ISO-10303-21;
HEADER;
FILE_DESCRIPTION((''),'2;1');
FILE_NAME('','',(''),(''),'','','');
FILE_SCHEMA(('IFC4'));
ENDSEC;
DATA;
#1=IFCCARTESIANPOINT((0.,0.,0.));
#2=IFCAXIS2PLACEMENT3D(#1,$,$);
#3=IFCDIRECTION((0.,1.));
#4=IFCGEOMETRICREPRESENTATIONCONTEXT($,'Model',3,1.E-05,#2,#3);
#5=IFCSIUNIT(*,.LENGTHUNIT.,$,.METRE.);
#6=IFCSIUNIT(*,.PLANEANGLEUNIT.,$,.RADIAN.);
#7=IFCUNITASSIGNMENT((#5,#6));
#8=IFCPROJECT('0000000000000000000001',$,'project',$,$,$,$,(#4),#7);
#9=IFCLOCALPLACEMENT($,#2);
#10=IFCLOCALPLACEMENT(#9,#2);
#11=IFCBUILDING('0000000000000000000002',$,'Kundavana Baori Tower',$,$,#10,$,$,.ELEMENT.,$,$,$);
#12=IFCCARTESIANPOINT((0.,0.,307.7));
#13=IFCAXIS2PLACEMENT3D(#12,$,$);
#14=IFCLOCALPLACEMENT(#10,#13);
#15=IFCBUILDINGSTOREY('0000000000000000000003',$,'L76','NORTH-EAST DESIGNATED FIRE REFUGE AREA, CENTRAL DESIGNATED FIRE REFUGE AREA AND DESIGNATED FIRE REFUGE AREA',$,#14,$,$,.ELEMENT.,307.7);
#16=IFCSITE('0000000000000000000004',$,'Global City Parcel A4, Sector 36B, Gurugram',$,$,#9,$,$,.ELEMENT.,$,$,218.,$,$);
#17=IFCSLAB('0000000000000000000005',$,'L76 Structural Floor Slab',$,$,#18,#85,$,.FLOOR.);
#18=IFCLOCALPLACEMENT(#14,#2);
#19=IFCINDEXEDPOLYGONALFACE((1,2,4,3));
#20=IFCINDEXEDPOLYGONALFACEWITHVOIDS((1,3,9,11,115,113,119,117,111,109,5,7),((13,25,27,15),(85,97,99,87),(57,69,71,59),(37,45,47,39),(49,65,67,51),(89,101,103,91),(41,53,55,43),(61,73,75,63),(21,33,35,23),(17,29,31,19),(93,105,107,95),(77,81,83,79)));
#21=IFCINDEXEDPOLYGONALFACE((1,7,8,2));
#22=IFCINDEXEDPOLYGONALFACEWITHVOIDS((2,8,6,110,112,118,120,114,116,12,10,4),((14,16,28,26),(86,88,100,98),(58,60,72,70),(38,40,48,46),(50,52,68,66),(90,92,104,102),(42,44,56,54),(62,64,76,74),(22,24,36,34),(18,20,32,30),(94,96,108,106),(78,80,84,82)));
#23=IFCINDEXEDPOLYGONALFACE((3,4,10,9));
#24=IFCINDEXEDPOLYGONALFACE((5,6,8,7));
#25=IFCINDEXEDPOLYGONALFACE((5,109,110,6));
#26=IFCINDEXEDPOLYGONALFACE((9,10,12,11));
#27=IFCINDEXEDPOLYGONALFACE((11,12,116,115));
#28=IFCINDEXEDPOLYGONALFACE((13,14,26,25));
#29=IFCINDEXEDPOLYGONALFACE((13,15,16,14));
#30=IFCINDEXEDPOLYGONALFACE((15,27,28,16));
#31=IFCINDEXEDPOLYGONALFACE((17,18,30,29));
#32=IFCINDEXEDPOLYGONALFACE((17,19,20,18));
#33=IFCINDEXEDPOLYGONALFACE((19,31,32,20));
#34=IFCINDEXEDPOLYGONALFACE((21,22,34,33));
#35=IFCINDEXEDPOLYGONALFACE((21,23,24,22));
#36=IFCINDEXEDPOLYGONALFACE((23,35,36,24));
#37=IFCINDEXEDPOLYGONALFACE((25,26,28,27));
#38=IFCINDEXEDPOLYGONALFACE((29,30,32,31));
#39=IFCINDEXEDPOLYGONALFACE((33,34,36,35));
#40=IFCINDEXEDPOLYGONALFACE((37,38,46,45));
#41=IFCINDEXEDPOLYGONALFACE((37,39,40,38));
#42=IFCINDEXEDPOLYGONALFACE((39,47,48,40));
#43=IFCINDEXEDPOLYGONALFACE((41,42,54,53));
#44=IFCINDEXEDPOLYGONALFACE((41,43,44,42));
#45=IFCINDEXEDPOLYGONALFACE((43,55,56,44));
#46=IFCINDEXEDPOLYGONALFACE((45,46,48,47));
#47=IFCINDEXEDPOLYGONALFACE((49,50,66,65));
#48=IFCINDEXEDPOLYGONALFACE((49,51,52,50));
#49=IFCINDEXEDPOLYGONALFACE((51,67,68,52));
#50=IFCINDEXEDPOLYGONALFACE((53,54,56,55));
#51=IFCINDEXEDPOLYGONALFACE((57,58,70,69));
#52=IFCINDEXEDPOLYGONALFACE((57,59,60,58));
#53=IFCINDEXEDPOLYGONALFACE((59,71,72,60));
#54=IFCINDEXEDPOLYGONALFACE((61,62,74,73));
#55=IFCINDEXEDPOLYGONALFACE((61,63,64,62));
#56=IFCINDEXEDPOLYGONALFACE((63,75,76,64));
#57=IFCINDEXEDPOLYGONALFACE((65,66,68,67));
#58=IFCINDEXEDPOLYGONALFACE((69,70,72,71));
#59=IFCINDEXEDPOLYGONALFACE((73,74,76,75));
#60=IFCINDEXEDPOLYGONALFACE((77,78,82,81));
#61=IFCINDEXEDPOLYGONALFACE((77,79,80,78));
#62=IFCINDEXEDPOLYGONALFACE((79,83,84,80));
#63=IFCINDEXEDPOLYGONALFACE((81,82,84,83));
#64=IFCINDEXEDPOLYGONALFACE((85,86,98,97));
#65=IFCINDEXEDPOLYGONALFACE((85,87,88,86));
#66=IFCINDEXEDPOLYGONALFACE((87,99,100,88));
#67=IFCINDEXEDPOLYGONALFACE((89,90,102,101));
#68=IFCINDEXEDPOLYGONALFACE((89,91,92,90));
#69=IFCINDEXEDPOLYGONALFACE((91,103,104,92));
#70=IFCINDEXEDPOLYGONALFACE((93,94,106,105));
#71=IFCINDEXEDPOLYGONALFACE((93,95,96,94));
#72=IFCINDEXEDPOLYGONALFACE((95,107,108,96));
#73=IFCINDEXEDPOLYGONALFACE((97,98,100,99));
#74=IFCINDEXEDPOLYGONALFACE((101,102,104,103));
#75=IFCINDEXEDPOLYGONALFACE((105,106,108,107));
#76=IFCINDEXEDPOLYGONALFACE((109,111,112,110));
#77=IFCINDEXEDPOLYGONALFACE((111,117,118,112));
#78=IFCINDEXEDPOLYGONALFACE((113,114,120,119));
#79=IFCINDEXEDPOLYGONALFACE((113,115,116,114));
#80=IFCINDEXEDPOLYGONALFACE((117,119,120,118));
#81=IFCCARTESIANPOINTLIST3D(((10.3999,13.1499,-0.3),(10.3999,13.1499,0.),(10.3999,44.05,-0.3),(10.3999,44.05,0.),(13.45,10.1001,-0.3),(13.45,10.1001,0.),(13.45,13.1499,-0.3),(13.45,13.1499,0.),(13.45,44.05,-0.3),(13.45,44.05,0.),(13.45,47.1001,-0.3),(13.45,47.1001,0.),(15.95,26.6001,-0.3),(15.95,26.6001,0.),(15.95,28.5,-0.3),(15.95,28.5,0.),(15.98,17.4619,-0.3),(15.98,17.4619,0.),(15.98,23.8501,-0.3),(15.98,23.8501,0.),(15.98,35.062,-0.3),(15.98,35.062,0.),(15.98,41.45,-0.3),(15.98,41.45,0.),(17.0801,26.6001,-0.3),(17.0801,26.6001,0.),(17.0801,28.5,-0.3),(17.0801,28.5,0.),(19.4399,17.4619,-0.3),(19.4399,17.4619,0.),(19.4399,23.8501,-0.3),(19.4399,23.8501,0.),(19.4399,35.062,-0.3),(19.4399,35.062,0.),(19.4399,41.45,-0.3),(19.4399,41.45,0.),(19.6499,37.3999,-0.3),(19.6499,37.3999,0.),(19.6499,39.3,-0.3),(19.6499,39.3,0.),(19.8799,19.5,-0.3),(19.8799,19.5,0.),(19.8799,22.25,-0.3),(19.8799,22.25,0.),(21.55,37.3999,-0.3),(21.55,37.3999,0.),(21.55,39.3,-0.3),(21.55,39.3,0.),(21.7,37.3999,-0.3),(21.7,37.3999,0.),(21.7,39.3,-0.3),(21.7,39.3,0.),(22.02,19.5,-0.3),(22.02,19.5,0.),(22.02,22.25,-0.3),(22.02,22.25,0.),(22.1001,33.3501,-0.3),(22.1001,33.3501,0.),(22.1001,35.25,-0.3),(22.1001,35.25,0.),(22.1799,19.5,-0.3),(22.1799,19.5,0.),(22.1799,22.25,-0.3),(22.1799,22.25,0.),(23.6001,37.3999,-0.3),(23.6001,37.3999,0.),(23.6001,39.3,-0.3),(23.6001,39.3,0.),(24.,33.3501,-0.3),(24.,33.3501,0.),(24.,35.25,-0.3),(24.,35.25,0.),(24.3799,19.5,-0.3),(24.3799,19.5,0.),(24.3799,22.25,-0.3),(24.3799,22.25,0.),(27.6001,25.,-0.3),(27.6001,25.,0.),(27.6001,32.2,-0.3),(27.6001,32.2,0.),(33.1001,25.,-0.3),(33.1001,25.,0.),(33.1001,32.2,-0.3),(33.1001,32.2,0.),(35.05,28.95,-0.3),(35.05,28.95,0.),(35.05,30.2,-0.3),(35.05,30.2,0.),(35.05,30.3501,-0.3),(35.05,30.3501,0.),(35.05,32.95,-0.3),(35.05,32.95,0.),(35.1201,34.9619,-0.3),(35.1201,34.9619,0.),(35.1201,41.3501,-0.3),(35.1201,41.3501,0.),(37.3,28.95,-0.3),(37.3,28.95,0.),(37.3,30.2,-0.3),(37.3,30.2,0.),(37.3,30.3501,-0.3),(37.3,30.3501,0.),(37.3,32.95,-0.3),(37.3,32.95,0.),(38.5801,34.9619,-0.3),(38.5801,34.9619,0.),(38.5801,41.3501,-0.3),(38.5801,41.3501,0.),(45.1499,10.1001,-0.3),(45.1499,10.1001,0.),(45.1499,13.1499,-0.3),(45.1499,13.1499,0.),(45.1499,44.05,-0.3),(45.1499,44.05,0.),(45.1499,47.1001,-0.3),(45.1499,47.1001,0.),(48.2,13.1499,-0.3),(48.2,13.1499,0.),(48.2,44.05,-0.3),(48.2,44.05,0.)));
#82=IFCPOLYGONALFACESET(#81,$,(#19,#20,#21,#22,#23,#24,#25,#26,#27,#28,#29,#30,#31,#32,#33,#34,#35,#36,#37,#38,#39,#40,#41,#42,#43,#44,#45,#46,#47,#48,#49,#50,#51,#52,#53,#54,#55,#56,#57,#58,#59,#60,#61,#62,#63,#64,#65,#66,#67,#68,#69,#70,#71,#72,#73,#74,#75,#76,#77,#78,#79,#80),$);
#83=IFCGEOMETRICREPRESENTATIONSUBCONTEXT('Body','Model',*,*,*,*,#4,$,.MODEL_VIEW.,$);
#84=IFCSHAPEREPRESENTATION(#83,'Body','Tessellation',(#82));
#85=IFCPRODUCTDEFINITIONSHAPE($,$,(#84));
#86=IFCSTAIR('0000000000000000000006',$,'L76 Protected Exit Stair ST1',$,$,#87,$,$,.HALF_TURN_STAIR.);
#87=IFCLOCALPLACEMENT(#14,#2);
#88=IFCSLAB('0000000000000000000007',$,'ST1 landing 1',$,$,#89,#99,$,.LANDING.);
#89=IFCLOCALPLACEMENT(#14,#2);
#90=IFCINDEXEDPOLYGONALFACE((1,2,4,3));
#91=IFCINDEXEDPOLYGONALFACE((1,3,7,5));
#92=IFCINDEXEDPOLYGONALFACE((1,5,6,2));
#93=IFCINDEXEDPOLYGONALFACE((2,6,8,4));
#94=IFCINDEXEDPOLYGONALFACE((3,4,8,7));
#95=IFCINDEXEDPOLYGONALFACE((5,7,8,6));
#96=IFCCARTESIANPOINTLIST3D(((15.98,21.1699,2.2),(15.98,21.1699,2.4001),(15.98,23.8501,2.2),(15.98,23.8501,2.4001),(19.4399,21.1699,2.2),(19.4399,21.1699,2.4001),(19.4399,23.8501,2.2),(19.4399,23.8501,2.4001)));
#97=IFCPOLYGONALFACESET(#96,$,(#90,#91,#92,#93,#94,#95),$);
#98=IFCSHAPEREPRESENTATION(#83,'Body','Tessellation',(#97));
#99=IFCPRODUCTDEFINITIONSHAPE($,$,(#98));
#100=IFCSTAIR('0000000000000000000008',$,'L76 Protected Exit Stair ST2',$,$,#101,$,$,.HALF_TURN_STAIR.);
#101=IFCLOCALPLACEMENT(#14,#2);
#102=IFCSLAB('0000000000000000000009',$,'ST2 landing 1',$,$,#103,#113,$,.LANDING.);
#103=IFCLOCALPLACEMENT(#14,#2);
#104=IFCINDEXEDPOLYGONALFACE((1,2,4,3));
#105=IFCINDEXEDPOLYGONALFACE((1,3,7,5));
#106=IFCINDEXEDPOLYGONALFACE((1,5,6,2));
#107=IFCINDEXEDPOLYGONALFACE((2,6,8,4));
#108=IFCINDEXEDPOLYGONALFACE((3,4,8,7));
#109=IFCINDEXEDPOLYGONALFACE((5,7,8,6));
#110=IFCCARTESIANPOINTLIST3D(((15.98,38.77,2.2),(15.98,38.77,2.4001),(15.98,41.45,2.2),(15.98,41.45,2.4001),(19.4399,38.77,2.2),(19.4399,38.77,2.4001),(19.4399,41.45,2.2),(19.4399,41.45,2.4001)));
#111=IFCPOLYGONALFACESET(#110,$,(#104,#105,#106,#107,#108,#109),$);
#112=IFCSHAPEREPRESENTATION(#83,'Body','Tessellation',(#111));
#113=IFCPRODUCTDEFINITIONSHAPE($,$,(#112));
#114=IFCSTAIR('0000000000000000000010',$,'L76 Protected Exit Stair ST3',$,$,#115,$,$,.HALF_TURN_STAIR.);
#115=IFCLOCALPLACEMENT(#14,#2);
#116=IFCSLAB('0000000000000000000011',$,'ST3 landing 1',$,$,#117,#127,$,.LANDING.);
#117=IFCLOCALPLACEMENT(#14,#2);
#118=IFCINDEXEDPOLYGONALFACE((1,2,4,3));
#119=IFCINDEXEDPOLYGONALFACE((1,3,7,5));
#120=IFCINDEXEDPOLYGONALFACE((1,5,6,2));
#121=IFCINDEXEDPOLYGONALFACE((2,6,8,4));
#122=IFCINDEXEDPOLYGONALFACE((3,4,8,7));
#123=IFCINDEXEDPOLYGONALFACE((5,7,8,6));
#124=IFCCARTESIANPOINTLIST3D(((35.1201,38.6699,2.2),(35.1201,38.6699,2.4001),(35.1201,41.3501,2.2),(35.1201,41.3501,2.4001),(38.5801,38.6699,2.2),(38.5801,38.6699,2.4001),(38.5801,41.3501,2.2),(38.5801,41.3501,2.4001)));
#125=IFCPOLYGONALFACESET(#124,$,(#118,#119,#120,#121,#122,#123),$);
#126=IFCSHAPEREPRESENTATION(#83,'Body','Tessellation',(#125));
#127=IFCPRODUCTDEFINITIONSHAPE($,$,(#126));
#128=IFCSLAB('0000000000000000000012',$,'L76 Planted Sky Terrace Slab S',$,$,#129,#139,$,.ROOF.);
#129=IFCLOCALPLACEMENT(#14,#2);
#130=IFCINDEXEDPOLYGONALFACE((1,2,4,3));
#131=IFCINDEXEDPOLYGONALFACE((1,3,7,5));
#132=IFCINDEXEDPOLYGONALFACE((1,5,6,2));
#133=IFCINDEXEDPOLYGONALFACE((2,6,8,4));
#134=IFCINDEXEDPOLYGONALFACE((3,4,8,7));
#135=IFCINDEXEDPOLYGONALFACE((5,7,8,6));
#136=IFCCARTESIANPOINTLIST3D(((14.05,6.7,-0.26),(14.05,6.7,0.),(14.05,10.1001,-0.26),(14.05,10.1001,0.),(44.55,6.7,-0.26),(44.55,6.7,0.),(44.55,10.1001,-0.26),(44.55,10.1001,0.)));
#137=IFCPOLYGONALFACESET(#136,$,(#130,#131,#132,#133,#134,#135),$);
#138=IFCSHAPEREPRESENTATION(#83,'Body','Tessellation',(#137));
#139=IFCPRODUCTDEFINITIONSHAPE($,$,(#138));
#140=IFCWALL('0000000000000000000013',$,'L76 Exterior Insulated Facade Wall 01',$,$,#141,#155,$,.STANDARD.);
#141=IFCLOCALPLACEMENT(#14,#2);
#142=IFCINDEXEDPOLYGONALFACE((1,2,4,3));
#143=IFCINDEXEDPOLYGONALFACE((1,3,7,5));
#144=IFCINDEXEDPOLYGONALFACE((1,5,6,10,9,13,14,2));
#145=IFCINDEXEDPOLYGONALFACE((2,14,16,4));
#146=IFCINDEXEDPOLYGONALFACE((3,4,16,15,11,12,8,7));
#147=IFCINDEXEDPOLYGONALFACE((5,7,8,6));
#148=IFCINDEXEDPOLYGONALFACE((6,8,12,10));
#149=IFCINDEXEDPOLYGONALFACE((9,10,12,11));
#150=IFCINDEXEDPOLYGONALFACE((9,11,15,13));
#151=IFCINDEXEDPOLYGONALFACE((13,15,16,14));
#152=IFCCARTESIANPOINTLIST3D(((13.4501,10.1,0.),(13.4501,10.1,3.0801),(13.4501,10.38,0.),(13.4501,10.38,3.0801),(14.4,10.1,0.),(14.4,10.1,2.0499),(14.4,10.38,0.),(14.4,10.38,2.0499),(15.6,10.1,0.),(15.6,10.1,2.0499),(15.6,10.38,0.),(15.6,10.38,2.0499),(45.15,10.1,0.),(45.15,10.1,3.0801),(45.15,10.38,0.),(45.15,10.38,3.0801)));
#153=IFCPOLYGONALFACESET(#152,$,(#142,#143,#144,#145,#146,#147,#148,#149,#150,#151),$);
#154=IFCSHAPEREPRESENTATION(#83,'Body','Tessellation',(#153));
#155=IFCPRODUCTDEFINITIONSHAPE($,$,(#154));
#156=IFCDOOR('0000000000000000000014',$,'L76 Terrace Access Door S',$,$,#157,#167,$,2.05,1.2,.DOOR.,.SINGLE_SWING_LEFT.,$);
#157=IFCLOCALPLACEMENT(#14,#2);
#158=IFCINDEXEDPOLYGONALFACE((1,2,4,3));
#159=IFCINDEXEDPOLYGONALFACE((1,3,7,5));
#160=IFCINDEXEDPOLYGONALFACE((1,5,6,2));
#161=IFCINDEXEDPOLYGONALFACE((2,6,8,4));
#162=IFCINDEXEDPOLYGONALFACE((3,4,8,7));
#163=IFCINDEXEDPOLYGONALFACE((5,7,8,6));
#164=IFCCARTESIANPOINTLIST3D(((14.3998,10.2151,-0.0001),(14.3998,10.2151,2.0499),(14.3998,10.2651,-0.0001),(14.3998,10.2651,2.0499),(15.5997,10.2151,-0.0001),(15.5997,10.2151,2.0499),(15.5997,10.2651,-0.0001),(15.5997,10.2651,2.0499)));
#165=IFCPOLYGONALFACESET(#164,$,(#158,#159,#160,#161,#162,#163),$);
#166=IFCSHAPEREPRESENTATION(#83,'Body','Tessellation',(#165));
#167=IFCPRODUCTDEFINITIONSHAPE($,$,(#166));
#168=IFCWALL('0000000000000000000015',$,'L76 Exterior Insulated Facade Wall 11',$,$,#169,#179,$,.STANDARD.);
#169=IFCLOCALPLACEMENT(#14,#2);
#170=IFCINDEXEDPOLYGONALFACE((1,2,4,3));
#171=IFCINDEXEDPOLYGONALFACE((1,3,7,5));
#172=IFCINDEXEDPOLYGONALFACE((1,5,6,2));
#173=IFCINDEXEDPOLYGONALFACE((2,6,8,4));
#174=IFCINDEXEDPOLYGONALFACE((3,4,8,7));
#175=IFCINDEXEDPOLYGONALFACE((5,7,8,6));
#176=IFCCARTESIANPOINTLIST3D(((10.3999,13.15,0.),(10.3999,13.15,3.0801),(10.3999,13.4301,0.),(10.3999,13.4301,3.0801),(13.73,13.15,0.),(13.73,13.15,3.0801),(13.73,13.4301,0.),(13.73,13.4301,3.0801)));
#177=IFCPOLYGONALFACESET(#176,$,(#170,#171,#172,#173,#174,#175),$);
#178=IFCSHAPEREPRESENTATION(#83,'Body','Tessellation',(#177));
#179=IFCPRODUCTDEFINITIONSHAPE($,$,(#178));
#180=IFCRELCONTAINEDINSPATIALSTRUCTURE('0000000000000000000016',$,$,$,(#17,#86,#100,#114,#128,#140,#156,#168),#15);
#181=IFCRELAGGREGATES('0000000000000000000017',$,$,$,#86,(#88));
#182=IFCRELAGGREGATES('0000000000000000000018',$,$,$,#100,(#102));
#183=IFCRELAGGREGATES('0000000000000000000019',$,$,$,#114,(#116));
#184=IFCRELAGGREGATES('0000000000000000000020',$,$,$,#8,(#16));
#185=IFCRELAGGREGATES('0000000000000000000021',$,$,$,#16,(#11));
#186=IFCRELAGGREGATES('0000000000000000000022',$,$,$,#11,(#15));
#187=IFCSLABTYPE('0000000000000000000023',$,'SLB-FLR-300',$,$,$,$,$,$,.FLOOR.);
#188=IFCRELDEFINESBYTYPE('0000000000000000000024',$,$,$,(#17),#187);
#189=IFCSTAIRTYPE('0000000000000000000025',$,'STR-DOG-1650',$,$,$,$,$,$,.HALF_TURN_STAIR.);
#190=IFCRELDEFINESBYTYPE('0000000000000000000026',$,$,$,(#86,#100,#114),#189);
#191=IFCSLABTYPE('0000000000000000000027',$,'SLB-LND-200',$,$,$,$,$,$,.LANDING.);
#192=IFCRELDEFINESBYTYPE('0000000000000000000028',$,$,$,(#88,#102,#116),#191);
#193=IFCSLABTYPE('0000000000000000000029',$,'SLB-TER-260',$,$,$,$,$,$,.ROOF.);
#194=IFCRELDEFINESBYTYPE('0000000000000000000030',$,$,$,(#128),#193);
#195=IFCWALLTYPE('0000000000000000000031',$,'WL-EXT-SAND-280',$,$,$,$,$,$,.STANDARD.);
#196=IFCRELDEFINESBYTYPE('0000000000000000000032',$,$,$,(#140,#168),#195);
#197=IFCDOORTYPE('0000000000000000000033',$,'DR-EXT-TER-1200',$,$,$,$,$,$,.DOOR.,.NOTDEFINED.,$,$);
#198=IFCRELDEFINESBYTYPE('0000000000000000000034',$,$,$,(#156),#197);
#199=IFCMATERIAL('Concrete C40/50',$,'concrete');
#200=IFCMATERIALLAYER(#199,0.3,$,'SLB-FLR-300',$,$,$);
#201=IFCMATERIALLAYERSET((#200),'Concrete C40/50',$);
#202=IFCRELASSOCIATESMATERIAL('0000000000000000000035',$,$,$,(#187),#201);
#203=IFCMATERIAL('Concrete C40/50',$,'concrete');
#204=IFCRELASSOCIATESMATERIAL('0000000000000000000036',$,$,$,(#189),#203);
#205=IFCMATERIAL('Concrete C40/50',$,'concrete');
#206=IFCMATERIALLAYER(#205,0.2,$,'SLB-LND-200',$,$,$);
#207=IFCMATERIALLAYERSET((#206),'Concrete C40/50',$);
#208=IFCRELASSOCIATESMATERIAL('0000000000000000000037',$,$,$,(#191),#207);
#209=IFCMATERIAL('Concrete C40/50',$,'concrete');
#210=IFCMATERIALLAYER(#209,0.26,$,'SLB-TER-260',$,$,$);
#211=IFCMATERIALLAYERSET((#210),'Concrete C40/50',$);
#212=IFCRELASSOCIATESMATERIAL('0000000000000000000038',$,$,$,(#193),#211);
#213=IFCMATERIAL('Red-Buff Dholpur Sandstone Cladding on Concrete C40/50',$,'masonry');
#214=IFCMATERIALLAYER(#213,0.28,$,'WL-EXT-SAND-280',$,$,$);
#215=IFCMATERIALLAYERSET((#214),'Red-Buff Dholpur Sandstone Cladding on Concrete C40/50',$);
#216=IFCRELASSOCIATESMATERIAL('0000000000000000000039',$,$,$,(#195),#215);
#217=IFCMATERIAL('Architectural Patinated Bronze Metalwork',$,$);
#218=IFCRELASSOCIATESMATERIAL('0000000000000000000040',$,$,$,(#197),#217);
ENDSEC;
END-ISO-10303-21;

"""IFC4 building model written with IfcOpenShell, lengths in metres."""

from ifc_helpers import new_model, si_unit, direction, frame, frame_2d, origin, place, context, subcontext, project, spatial, polyline, rectangle, outline, extrude, material, layer, layer_set, type_object, element, fill, aggregate, save


model = new_model("IFC4")

# Units and contexts
model_context = context("Model", 3, precision=1e-05, world=origin(), true_north=direction((0.0, 1.0)))
body_context = subcontext(model_context, "Body", "Model", "MODEL_VIEW")
ifc_project = project(units=[si_unit("LENGTHUNIT", "METRE"), si_unit("PLANEANGLEUNIT", "RADIAN")], contexts=[model_context])

# Site, building, storey
site_placement = place(None, origin())
site = spatial("IfcSite", under=ifc_project, at=site_placement, Name="Global City Parcel A4, Sector 36B, Gurugram", CompositionType="ELEMENT", RefElevation=218.0)
building_placement = place(site_placement, origin())
building = spatial("IfcBuilding", under=site, at=building_placement, Name="Kundavana Baori Tower", CompositionType="ELEMENT")
storey_placement = place(building_placement, frame((0.0, 0.0, 307.7)))
storey = spatial("IfcBuildingStorey", under=building, at=storey_placement, Name="L76", Description="NORTH-EAST DESIGNATED FIRE REFUGE AREA, CENTRAL DESIGNATED FIRE REFUGE AREA AND DESIGNATED FIRE REFUGE AREA", CompositionType="ELEMENT", Elevation=307.7)

# Slab
ifc_material_1 = material(Name="Concrete C40/50", Category="concrete")
ifc_layer_1 = layer(ifc_material_1, 0.3, Name="SLB-FLR-300")
ifc_layer_set_1 = layer_set([ifc_layer_1], Name="Concrete C40/50")
slab_type_1 = type_object("IfcSlabType", Name="SLB-FLR-300", PredefinedType="FLOOR", material=ifc_layer_set_1)
slab_1_placement = place(storey_placement, frame((0.0, 0.0, -0.3)))
element("IfcSlab", 1, at=slab_1_placement, inside=storey, type_object=slab_type_1, Name="L76 Structural Floor Slab", PredefinedType="FLOOR", context=body_context, shape_type="SweptSolid", body=[
    extrude(outline(polyline([(13.45, 10.1001), (45.1499, 10.1001), (45.1499, 13.1499), (48.2, 13.1499), (48.2, 44.05), (45.1499, 44.05), (45.1499, 47.1001), (13.45, 47.1001), (13.45, 44.05), (10.3999, 44.05), (10.3999, 13.1499), (13.45, 13.1499), (13.45, 10.1001)]), holes=[polyline([(19.4399, 17.4619), (19.4399, 23.8501), (15.98, 23.8501), (15.98, 17.4619), (19.4399, 17.4619)]), polyline([(19.4399, 35.062), (19.4399, 41.45), (15.98, 41.45), (15.98, 35.062), (19.4399, 35.062)]), polyline([(38.5801, 34.9619), (38.5801, 41.3501), (35.1201, 41.3501), (35.1201, 34.9619), (38.5801, 34.9619)]), polyline([(19.6499, 37.3999), (21.55, 37.3999), (21.55, 39.3), (19.6499, 39.3), (19.6499, 37.3999)]), polyline([(21.7, 37.3999), (23.6001, 37.3999), (23.6001, 39.3), (21.7, 39.3), (21.7, 37.3999)]), polyline([(22.1001, 33.3501), (24.0, 33.3501), (24.0, 35.25), (22.1001, 35.25), (22.1001, 33.3501)]), polyline([(19.8799, 19.5), (22.02, 19.5), (22.02, 22.25), (19.8799, 22.25), (19.8799, 19.5)]), polyline([(22.1799, 19.5), (24.3799, 19.5), (24.3799, 22.25), (22.1799, 22.25), (22.1799, 19.5)]), polyline([(35.05, 30.3501), (37.3, 30.3501), (37.3, 32.95), (35.05, 32.95), (35.05, 30.3501)]), polyline([(15.95, 26.6001), (17.0801, 26.6001), (17.0801, 28.5), (15.95, 28.5), (15.95, 26.6001)]), polyline([(35.05, 28.95), (37.3, 28.95), (37.3, 30.2), (35.05, 30.2), (35.05, 28.95)]), polyline([(27.6001, 25.0), (33.1001, 25.0), (33.1001, 32.2), (27.6001, 32.2), (27.6001, 25.0)])]), origin(), (0.0, 0.0, 1.0), 0.3),
])

# Stairs, slabs
ifc_material_2 = material(Name="Concrete C40/50", Category="concrete")
stair_type = type_object("IfcStairType", Name="STR-DOG-1650", PredefinedType="HALF_TURN_STAIR", material=ifc_material_2)
stair_1_placement = place(storey_placement, origin())
stair_1 = element("IfcStair", 2, at=stair_1_placement, inside=storey, type_object=stair_type, Name="L76 Protected Exit Stair ST1", PredefinedType="HALF_TURN_STAIR")
ifc_material_3 = material(Name="Concrete C40/50", Category="concrete")
ifc_layer_2 = layer(ifc_material_3, 0.2, Name="SLB-LND-200")
ifc_layer_set_2 = layer_set([ifc_layer_2], Name="Concrete C40/50")
slab_type_2 = type_object("IfcSlabType", Name="SLB-LND-200", PredefinedType="LANDING", material=ifc_layer_set_2)
slab_2_placement = place(storey_placement, frame((0.0, 0.0, 2.2)))
slab_2 = element("IfcSlab", 3, at=slab_2_placement, type_object=slab_type_2, Name="ST1 landing 1", PredefinedType="LANDING", context=body_context, shape_type="SweptSolid", body=[
    extrude(outline(polyline([(19.4399, 21.1699), (19.4399, 23.8501), (15.98, 23.8501), (15.98, 21.1699), (19.4399, 21.1699)])), origin(), (0.0, 0.0, 1.0), 0.2002),
])
aggregate(stair_1, [slab_2])
stair_2_placement = place(storey_placement, origin())
stair_2 = element("IfcStair", 4, at=stair_2_placement, inside=storey, type_object=stair_type, Name="L76 Protected Exit Stair ST2", PredefinedType="HALF_TURN_STAIR")
slab_3_placement = place(storey_placement, frame((0.0, 0.0, 2.2)))
slab_3 = element("IfcSlab", 5, at=slab_3_placement, type_object=slab_type_2, Name="ST2 landing 1", PredefinedType="LANDING", context=body_context, shape_type="SweptSolid", body=[
    extrude(outline(polyline([(19.4399, 38.77), (19.4399, 41.45), (15.98, 41.45), (15.98, 38.77), (19.4399, 38.77)])), origin(), (0.0, 0.0, 1.0), 0.2002),
])
aggregate(stair_2, [slab_3])
stair_3_placement = place(storey_placement, origin())
stair_3 = element("IfcStair", 6, at=stair_3_placement, inside=storey, type_object=stair_type, Name="L76 Protected Exit Stair ST3", PredefinedType="HALF_TURN_STAIR")
slab_4_placement = place(storey_placement, frame((0.0, 0.0, 2.2)))
slab_4 = element("IfcSlab", 7, at=slab_4_placement, type_object=slab_type_2, Name="ST3 landing 1", PredefinedType="LANDING", context=body_context, shape_type="SweptSolid", body=[
    extrude(outline(polyline([(38.5801, 38.6699), (38.5801, 41.3501), (35.1201, 41.3501), (35.1201, 38.6699), (38.5801, 38.6699)])), origin(), (0.0, 0.0, 1.0), 0.2002),
])
aggregate(stair_3, [slab_4])

# Slab
ifc_material_4 = material(Name="Concrete C40/50", Category="concrete")
ifc_layer_3 = layer(ifc_material_4, 0.26, Name="SLB-TER-260")
ifc_layer_set_3 = layer_set([ifc_layer_3], Name="Concrete C40/50")
slab_type_3 = type_object("IfcSlabType", Name="SLB-TER-260", PredefinedType="ROOF", material=ifc_layer_set_3)
slab_5_placement = place(storey_placement, frame((0.0, 0.0, -0.26)))
element("IfcSlab", 8, at=slab_5_placement, inside=storey, type_object=slab_type_3, Name="L76 Planted Sky Terrace Slab S", PredefinedType="ROOF", context=body_context, shape_type="SweptSolid", body=[
    extrude(outline(polyline([(14.05, 10.1001), (44.55, 10.1001), (44.55, 6.7), (14.05, 6.7), (14.05, 10.1001)])), origin(), (0.0, 0.0, 1.0), 0.26),
])

# Wall, opening, door
ifc_material_5 = material(Name="Red-Buff Dholpur Sandstone Cladding on Concrete C40/50", Category="masonry")
ifc_layer_4 = layer(ifc_material_5, 0.28, Name="WL-EXT-SAND-280")
ifc_layer_set_4 = layer_set([ifc_layer_4], Name="Red-Buff Dholpur Sandstone Cladding on Concrete C40/50")
wall_type = type_object("IfcWallType", Name="WL-EXT-SAND-280", PredefinedType="STANDARD", material=ifc_layer_set_4)
wall_1_placement = place(storey_placement, frame((13.45, 10.24, 0.0), z_axis=(0.0, 0.0, 1.0), x_axis=(1.0, 0.0, 0.0)))
wall_1 = element("IfcWall", 9, at=wall_1_placement, inside=storey, type_object=wall_type, Name="L76 Exterior Insulated Facade Wall 01", PredefinedType="STANDARD", context=body_context, shape_type="SweptSolid", body=[
    extrude(rectangle(XDim=31.7, YDim=0.28, at=frame_2d((15.8501, 0.0))), origin(), (0.0, 0.0, 1.0), 3.0801),
])
opening_placement = place(wall_1_placement, frame((0.95, 0.0, 0.0)))
opening = element("IfcOpeningElement", 10, at=opening_placement, cuts=wall_1, PredefinedType="OPENING", context=body_context, shape_type="SweptSolid", body=[
    extrude(rectangle(XDim=1.2, YDim=2.05, at=frame_2d((0.6001, 1.0249))), frame((0.0, 0.1499, 0.0), z_axis=(0.0, -1.0, 0.0), x_axis=(1.0, 0.0, 0.0)), (0.0, 0.0, 1.0), 0.3),
])
ifc_material_6 = material(Name="Architectural Patinated Bronze Metalwork")
door_type = type_object("IfcDoorType", Name="DR-EXT-TER-1200", OperationType="NOTDEFINED", PredefinedType="DOOR", material=ifc_material_6)
door_placement = place(opening_placement, frame((1.2, 0.0, 0.0), z_axis=(0.0, 0.0, 1.0), x_axis=(-1.0, 0.0, 0.0)))
door = element("IfcDoor", 11, at=door_placement, inside=storey, type_object=door_type, Name="L76 Terrace Access Door S", OperationType="SINGLE_SWING_LEFT", OverallHeight=2.05, OverallWidth=1.2, PredefinedType="DOOR", context=body_context, shape_type="SweptSolid", body=[
    extrude(rectangle(XDim=1.2, YDim=2.05, at=frame_2d((0.6001, 1.0249))), frame((0.0, 0.0249, 0.0), z_axis=(0.0, -1.0, 0.0), x_axis=(1.0, 0.0, 0.0)), (0.0, 0.0, 1.0), 0.05),
])
fill(opening, door)

# Wall
wall_2_placement = place(storey_placement, frame((10.3999, 13.29, 0.0), z_axis=(0.0, 0.0, 1.0), x_axis=(1.0, 0.0, 0.0)))
element("IfcWall", 12, at=wall_2_placement, inside=storey, type_object=wall_type, Name="L76 Exterior Insulated Facade Wall 11", PredefinedType="STANDARD", context=body_context, shape_type="SweptSolid", body=[
    extrude(rectangle(XDim=3.3301, YDim=0.28, at=frame_2d((1.665, 0.0))), origin(), (0.0, 0.0, 1.0), 3.0801),
])

save(model, "model.ifc")
